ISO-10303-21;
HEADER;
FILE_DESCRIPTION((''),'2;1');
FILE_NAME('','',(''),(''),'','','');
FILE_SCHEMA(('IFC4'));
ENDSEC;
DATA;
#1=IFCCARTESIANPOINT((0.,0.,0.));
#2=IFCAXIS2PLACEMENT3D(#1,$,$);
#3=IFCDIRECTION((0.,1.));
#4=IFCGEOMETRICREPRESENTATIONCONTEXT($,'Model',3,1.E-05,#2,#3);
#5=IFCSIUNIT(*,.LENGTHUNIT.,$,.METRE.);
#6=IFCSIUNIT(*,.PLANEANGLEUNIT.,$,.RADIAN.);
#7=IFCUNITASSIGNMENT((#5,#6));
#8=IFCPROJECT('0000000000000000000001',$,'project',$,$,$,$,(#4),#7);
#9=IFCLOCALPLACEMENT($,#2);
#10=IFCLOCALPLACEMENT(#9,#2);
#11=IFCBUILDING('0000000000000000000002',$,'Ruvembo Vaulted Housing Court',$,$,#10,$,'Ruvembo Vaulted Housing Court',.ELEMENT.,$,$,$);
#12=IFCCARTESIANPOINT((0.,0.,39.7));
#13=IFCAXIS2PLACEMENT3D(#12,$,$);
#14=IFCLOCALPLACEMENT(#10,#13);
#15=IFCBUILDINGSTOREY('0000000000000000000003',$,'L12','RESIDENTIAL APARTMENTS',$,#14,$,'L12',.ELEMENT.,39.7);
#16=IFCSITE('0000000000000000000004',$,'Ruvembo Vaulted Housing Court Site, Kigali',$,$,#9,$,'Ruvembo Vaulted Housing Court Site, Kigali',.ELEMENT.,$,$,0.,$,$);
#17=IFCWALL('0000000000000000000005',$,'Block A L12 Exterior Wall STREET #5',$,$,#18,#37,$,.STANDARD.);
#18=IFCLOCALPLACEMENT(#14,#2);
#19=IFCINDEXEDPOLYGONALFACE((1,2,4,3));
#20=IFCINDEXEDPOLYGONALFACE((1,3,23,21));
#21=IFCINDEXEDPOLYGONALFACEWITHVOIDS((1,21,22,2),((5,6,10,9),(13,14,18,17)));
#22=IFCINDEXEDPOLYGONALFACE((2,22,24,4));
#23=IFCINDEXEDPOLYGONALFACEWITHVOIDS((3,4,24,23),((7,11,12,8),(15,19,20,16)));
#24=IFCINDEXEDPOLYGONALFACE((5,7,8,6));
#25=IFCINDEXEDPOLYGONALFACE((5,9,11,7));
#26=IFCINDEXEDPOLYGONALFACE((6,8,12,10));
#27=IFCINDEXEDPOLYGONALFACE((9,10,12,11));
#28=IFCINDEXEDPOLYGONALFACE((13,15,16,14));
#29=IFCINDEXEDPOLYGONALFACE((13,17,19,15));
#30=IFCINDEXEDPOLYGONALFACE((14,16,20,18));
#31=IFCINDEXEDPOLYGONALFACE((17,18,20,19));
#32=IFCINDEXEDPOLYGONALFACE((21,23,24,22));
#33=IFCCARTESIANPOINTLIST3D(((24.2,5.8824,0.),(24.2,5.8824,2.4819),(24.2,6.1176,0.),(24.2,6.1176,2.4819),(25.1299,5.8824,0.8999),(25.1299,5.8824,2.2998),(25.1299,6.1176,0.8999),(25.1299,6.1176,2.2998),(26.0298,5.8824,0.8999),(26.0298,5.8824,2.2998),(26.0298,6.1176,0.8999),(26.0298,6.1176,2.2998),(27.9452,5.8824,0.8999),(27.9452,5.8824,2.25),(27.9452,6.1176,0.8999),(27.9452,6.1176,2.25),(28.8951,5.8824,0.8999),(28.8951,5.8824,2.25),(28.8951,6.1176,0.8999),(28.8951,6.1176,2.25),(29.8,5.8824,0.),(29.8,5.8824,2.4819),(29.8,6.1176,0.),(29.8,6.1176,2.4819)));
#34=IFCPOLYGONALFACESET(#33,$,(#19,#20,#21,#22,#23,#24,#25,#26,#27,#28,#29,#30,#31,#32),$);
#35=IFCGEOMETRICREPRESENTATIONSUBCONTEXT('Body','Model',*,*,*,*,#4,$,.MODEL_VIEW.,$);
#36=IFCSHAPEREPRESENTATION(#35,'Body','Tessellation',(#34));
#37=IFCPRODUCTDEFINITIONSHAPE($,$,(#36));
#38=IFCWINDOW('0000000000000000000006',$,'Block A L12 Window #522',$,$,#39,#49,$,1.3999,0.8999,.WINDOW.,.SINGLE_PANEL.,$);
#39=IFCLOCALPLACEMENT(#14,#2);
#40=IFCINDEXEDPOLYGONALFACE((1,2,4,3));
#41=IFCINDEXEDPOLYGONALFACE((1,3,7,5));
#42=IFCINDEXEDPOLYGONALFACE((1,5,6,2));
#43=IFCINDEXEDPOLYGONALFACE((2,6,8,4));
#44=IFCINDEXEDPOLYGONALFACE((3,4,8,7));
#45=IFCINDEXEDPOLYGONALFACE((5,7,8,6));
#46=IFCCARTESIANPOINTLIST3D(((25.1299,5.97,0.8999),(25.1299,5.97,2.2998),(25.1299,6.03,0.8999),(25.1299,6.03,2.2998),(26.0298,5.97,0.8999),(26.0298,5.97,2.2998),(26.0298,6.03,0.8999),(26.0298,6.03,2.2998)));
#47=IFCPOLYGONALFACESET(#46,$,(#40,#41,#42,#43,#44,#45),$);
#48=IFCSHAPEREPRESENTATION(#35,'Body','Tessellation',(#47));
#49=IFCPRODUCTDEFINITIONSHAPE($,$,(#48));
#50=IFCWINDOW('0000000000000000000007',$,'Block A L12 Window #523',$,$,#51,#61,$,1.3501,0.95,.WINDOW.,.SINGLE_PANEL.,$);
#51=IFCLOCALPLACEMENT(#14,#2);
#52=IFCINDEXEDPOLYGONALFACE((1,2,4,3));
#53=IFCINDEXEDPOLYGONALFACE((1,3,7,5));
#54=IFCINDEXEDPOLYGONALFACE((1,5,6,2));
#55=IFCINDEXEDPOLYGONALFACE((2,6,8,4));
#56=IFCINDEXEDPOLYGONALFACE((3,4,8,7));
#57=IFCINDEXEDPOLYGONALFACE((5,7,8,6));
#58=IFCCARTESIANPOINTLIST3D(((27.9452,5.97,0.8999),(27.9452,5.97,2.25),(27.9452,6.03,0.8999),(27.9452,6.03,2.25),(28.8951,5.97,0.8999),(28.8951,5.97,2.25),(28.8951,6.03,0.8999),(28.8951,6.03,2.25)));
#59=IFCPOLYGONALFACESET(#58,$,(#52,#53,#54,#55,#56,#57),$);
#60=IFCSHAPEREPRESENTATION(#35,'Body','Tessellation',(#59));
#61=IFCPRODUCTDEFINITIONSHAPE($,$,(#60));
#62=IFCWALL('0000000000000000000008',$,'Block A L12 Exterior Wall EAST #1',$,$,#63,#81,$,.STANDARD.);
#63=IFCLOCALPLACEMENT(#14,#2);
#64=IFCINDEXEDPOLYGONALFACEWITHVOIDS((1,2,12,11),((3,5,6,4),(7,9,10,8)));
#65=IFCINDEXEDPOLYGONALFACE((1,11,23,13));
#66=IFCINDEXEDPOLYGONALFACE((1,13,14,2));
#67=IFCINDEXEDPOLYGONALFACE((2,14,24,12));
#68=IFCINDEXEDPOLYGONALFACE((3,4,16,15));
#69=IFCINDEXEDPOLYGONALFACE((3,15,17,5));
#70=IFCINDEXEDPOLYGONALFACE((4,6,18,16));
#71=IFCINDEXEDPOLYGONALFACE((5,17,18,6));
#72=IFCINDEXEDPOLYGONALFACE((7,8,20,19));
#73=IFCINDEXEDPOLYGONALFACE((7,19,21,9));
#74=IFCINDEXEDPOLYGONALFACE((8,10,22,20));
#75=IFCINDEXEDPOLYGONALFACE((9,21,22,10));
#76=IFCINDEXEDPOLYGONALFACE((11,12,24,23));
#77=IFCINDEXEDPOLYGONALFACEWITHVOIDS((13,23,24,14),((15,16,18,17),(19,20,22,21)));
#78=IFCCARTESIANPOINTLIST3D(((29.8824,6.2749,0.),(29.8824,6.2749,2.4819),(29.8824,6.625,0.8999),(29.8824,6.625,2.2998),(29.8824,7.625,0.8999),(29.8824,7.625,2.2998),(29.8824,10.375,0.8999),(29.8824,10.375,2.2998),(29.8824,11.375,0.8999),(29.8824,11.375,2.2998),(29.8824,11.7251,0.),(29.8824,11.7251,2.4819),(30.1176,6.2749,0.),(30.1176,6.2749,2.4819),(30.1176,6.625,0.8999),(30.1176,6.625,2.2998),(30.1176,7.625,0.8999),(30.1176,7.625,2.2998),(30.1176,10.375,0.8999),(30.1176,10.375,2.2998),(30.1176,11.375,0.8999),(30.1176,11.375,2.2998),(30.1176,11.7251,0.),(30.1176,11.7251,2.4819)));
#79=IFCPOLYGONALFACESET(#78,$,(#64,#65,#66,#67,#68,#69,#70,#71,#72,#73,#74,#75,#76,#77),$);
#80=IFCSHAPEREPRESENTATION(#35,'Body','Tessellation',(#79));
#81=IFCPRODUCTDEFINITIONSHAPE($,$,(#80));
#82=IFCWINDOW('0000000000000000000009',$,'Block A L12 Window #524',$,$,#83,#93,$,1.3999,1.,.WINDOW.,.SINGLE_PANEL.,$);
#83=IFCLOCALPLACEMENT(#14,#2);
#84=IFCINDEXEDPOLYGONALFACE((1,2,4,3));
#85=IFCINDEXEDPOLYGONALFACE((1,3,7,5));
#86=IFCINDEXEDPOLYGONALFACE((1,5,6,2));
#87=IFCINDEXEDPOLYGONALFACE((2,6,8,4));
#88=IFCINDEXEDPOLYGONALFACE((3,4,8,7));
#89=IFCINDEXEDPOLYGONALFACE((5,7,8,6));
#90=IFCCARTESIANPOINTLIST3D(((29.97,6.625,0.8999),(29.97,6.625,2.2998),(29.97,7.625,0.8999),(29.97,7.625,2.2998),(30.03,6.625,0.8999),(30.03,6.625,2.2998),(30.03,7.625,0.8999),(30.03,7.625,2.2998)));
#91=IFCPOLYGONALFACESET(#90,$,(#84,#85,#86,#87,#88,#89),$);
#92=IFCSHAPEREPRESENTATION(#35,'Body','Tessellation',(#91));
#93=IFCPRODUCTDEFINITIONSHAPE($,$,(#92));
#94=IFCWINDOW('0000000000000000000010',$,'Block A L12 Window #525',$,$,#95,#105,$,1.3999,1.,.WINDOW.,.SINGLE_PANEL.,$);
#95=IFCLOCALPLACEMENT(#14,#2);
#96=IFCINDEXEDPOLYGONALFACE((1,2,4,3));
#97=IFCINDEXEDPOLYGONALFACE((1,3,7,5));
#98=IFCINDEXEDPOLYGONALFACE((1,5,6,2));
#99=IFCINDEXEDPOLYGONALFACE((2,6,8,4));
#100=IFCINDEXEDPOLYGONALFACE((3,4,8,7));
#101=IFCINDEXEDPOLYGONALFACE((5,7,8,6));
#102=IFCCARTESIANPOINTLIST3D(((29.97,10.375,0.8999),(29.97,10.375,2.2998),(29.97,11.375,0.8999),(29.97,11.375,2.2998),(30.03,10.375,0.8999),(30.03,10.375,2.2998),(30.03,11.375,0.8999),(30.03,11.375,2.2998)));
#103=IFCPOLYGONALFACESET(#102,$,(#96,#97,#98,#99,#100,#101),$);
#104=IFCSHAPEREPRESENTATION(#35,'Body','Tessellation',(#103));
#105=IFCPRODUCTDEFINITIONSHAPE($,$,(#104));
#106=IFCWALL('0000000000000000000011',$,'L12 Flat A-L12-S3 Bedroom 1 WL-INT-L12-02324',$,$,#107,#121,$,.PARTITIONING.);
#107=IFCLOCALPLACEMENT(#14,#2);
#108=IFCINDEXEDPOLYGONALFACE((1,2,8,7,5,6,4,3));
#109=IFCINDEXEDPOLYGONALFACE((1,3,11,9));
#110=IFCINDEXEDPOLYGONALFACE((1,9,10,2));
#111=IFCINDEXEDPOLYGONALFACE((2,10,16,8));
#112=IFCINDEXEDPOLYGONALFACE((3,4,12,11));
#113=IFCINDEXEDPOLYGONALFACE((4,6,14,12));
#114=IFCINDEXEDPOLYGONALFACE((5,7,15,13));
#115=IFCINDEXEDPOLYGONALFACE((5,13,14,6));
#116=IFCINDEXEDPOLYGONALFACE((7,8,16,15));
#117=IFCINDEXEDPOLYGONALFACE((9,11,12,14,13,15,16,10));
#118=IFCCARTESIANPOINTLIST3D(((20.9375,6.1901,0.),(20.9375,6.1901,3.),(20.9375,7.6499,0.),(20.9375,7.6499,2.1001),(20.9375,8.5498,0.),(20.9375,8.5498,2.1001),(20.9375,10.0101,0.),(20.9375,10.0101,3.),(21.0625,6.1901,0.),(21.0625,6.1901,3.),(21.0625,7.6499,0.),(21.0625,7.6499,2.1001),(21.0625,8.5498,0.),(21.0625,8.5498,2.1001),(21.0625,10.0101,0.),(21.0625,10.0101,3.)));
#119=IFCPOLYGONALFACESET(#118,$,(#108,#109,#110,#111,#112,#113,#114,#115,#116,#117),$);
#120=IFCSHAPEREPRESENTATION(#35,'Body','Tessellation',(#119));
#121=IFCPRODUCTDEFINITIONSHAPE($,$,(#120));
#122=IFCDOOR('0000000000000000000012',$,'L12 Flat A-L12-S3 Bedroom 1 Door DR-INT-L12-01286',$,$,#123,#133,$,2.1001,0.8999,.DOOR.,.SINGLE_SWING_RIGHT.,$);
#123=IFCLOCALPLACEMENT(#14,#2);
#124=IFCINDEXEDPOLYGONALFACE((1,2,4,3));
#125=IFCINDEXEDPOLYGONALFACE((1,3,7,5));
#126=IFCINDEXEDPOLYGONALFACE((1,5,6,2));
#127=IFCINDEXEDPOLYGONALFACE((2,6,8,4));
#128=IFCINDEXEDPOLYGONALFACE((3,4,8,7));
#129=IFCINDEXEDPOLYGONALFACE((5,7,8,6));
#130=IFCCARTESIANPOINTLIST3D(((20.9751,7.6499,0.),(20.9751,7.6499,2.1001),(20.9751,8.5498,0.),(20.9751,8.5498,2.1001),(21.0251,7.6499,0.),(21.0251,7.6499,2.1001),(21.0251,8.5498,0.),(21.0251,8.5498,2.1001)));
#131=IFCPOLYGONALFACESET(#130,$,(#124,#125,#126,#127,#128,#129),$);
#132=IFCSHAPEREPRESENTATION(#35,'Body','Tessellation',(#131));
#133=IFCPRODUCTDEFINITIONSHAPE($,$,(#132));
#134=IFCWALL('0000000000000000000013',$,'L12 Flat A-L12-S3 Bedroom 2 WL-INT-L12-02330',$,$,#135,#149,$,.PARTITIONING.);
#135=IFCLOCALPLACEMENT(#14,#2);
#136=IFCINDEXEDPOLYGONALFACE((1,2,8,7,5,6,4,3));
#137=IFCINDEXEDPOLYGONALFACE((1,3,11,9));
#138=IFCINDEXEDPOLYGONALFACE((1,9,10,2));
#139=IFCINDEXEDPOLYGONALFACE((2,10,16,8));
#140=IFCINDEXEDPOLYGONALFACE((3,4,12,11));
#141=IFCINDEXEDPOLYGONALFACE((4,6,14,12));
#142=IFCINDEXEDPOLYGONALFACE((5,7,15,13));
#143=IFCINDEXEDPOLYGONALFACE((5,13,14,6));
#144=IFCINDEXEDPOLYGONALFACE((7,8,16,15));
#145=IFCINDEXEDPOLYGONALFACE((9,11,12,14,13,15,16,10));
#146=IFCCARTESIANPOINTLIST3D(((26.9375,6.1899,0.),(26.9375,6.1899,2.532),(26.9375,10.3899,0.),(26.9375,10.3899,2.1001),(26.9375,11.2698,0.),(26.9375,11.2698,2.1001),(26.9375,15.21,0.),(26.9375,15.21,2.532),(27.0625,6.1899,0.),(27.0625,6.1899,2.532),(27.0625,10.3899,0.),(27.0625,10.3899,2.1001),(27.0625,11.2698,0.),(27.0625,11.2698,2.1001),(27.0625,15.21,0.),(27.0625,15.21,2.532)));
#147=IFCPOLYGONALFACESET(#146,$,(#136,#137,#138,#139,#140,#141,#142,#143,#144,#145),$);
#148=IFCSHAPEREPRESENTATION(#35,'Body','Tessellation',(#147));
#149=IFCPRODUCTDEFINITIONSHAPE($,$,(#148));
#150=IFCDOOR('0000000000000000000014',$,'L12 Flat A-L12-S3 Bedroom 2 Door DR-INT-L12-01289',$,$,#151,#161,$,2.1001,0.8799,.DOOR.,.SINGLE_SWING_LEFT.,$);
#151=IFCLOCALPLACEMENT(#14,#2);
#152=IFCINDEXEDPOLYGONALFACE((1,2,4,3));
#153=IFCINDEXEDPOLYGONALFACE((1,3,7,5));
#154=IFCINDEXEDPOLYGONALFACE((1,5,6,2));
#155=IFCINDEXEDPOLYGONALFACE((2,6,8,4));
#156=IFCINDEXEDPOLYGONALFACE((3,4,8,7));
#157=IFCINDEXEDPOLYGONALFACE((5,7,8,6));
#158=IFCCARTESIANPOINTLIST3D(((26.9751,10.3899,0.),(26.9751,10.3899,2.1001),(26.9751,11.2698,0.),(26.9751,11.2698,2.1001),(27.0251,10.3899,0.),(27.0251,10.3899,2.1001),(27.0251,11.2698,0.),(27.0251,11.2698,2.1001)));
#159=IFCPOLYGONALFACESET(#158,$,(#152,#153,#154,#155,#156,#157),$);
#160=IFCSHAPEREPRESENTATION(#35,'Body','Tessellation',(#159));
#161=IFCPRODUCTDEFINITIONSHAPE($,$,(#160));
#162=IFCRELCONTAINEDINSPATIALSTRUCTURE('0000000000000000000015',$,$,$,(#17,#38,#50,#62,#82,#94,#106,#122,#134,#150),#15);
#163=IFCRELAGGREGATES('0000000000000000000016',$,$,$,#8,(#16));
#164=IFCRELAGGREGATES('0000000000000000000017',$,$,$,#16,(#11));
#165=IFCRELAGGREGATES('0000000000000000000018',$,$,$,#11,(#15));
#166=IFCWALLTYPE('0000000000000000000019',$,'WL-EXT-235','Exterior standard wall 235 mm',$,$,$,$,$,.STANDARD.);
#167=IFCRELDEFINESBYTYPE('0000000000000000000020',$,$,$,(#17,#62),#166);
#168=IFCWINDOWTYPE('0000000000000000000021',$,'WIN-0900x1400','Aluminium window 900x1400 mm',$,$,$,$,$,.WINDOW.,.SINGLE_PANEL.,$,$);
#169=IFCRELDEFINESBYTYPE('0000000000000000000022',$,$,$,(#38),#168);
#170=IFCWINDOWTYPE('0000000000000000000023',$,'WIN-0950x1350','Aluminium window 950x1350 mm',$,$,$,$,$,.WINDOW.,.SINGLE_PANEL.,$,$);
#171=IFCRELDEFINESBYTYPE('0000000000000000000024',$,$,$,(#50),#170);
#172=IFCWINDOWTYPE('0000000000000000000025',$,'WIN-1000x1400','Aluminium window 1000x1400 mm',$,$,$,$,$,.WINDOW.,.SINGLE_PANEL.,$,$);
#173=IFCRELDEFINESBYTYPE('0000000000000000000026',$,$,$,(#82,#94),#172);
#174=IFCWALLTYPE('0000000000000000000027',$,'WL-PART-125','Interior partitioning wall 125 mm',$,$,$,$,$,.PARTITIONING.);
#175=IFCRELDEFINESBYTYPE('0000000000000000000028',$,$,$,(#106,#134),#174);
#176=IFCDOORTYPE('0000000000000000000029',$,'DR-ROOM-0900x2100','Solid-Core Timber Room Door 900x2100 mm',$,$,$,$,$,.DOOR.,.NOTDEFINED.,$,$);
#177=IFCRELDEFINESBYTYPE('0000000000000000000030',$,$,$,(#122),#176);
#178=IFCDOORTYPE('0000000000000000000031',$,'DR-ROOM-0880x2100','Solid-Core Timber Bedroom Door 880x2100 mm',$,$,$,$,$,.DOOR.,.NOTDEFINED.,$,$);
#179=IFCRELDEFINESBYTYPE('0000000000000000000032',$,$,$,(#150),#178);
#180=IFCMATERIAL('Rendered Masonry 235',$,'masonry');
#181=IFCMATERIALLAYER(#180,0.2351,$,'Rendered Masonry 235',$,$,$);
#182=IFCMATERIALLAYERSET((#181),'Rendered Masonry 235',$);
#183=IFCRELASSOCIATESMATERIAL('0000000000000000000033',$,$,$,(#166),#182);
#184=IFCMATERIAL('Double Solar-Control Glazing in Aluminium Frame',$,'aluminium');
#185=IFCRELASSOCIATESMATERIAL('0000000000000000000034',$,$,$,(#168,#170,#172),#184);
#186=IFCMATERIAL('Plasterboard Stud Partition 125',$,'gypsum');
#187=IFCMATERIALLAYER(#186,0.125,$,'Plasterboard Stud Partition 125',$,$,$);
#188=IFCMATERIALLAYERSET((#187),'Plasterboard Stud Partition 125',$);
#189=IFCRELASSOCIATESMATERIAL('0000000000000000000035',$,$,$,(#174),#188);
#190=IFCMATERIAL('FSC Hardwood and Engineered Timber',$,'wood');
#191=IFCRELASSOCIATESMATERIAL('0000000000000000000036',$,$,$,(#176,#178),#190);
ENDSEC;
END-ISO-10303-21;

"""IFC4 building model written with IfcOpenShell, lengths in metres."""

from ifc_helpers import new_model, si_unit, direction, frame, frame_2d, origin, place, context, subcontext, project, spatial, rectangle, extrude, material, layer, layer_set, type_object, element, fill, save


model = new_model("IFC4")

# Units and contexts
model_context = context("Model", 3, precision=1e-05, world=origin(), true_north=direction((0.0, 1.0)))
body_context = subcontext(model_context, "Body", "Model", "MODEL_VIEW")
ifc_project = project(units=[si_unit("LENGTHUNIT", "METRE"), si_unit("PLANEANGLEUNIT", "RADIAN")], contexts=[model_context])

# Site, building, storey
site_placement = place(None, origin())
site = spatial("IfcSite", under=ifc_project, at=site_placement, Name="Ruvembo Vaulted Housing Court Site, Kigali", LongName="Ruvembo Vaulted Housing Court Site, Kigali", CompositionType="ELEMENT", RefElevation=0.0)
building_placement = place(site_placement, origin())
building = spatial("IfcBuilding", under=site, at=building_placement, Name="Ruvembo Vaulted Housing Court", LongName="Ruvembo Vaulted Housing Court", CompositionType="ELEMENT")
storey_placement = place(building_placement, frame((0.0, 0.0, 39.7)))
storey = spatial("IfcBuildingStorey", under=building, at=storey_placement, Name="L12", Description="RESIDENTIAL APARTMENTS", LongName="L12", CompositionType="ELEMENT", Elevation=39.7)

# Walls, openings, windows
ifc_material_1 = material(Name="Rendered Masonry 235", Category="masonry")
ifc_layer_1 = layer(ifc_material_1, 0.2351, Name="Rendered Masonry 235")
ifc_layer_set_1 = layer_set([ifc_layer_1], Name="Rendered Masonry 235")
wall_type_1 = type_object("IfcWallType", Name="WL-EXT-235", Description="Exterior standard wall 235 mm", PredefinedType="STANDARD", material=ifc_layer_set_1)
wall_1_placement = place(storey_placement, frame((24.2, 6.0, 0.0), z_axis=(0.0, 0.0, 1.0), x_axis=(1.0, 0.0, 0.0)))
wall_1 = element("IfcWall", 1, at=wall_1_placement, inside=storey, type_object=wall_type_1, Name="Block A L12 Exterior Wall STREET #5", PredefinedType="STANDARD", context=body_context, shape_type="SweptSolid", body=[
    extrude(rectangle(XDim=5.6001, YDim=0.2351, at=frame_2d((2.8, 0.0))), origin(), (0.0, 0.0, 1.0), 2.4819),
])
opening_1_placement = place(wall_1_placement, frame((0.9299, 0.0, 0.8999)))
opening_1 = element("IfcOpeningElement", 2, at=opening_1_placement, cuts=wall_1, PredefinedType="OPENING", context=body_context, shape_type="SweptSolid", body=[
    extrude(rectangle(XDim=0.8999, YDim=1.3999, at=frame_2d((0.45, 0.7))), frame((0.0, 0.1274, 0.0), z_axis=(0.0, -1.0, 0.0), x_axis=(1.0, 0.0, 0.0)), (0.0, 0.0, 1.0), 0.2551),
])
opening_2_placement = place(wall_1_placement, frame((3.7451, 0.0, 0.8999)))
opening_2 = element("IfcOpeningElement", 3, at=opening_2_placement, cuts=wall_1, PredefinedType="OPENING", context=body_context, shape_type="SweptSolid", body=[
    extrude(rectangle(XDim=0.95, YDim=1.3501, at=frame_2d((0.4751, 0.675))), frame((0.0, 0.1274, 0.0), z_axis=(0.0, -1.0, 0.0), x_axis=(1.0, 0.0, 0.0)), (0.0, 0.0, 1.0), 0.2551),
])
ifc_material_2 = material(Name="Double Solar-Control Glazing in Aluminium Frame", Category="aluminium")
window_type_1 = type_object("IfcWindowType", Name="WIN-0900x1400", Description="Aluminium window 900x1400 mm", PartitioningType="SINGLE_PANEL", PredefinedType="WINDOW", material=ifc_material_2)
window_1_placement = place(opening_1_placement, origin())
window_1 = element("IfcWindow", 4, at=window_1_placement, inside=storey, type_object=window_type_1, Name="Block A L12 Window #522", OverallHeight=1.3999, OverallWidth=0.8999, PartitioningType="SINGLE_PANEL", PredefinedType="WINDOW", context=body_context, shape_type="SweptSolid", body=[
    extrude(rectangle(XDim=0.8999, YDim=1.3999, at=frame_2d((0.45, 0.7))), frame((0.0, 0.03, 0.0), z_axis=(0.0, -1.0, 0.0), x_axis=(1.0, 0.0, 0.0)), (0.0, 0.0, 1.0), 0.0601),
])
fill(opening_1, window_1)
window_type_2 = type_object("IfcWindowType", Name="WIN-0950x1350", Description="Aluminium window 950x1350 mm", PartitioningType="SINGLE_PANEL", PredefinedType="WINDOW", material=ifc_material_2)
window_2_placement = place(opening_2_placement, origin())
window_2 = element("IfcWindow", 5, at=window_2_placement, inside=storey, type_object=window_type_2, Name="Block A L12 Window #523", OverallHeight=1.3501, OverallWidth=0.95, PartitioningType="SINGLE_PANEL", PredefinedType="WINDOW", context=body_context, shape_type="SweptSolid", body=[
    extrude(rectangle(XDim=0.95, YDim=1.3501, at=frame_2d((0.4751, 0.675))), frame((0.0, 0.03, 0.0), z_axis=(0.0, -1.0, 0.0), x_axis=(1.0, 0.0, 0.0)), (0.0, 0.0, 1.0), 0.0601),
])
fill(opening_2, window_2)
wall_2_placement = place(storey_placement, frame((30.0, 6.2749, 0.0), z_axis=(0.0, 0.0, 1.0), x_axis=(0.0, 1.0, 0.0)))
wall_2 = element("IfcWall", 6, at=wall_2_placement, inside=storey, type_object=wall_type_1, Name="Block A L12 Exterior Wall EAST #1", PredefinedType="STANDARD", context=body_context, shape_type="SweptSolid", body=[
    extrude(rectangle(XDim=5.4502, YDim=0.2351, at=frame_2d((2.7251, 0.0))), origin(), (0.0, 0.0, 1.0), 2.4819),
])
opening_3_placement = place(wall_2_placement, frame((0.3501, 0.0, 0.8999)))
opening_3 = element("IfcOpeningElement", 7, at=opening_3_placement, cuts=wall_2, PredefinedType="OPENING", context=body_context, shape_type="SweptSolid", body=[
    extrude(rectangle(XDim=1.0, YDim=1.3999, at=frame_2d((0.5, 0.7))), frame((0.0, 0.1274, 0.0), z_axis=(0.0, -1.0, 0.0), x_axis=(1.0, 0.0, 0.0)), (0.0, 0.0, 1.0), 0.2551),
])
opening_4_placement = place(wall_2_placement, frame((4.1001, 0.0, 0.8999)))
opening_4 = element("IfcOpeningElement", 8, at=opening_4_placement, cuts=wall_2, PredefinedType="OPENING", context=body_context, shape_type="SweptSolid", body=[
    extrude(rectangle(XDim=1.0, YDim=1.3999, at=frame_2d((0.5, 0.7))), frame((0.0, 0.1274, 0.0), z_axis=(0.0, -1.0, 0.0), x_axis=(1.0, 0.0, 0.0)), (0.0, 0.0, 1.0), 0.2551),
])
window_type_3 = type_object("IfcWindowType", Name="WIN-1000x1400", Description="Aluminium window 1000x1400 mm", PartitioningType="SINGLE_PANEL", PredefinedType="WINDOW", material=ifc_material_2)
window_3_placement = place(opening_3_placement, origin())
window_3 = element("IfcWindow", 9, at=window_3_placement, inside=storey, type_object=window_type_3, Name="Block A L12 Window #524", OverallHeight=1.3999, OverallWidth=1.0, PartitioningType="SINGLE_PANEL", PredefinedType="WINDOW", context=body_context, shape_type="SweptSolid", body=[
    extrude(rectangle(XDim=1.0, YDim=1.3999, at=frame_2d((0.5, 0.7))), frame((0.0, 0.03, 0.0), z_axis=(0.0, -1.0, 0.0), x_axis=(1.0, 0.0, 0.0)), (0.0, 0.0, 1.0), 0.0601),
])
fill(opening_3, window_3)
window_4_placement = place(opening_4_placement, origin())
window_4 = element("IfcWindow", 10, at=window_4_placement, inside=storey, type_object=window_type_3, Name="Block A L12 Window #525", OverallHeight=1.3999, OverallWidth=1.0, PartitioningType="SINGLE_PANEL", PredefinedType="WINDOW", context=body_context, shape_type="SweptSolid", body=[
    extrude(rectangle(XDim=1.0, YDim=1.3999, at=frame_2d((0.5, 0.7))), frame((0.0, 0.03, 0.0), z_axis=(0.0, -1.0, 0.0), x_axis=(1.0, 0.0, 0.0)), (0.0, 0.0, 1.0), 0.0601),
])
fill(opening_4, window_4)

# Walls, openings, doors
ifc_material_3 = material(Name="Plasterboard Stud Partition 125", Category="gypsum")
ifc_layer_2 = layer(ifc_material_3, 0.125, Name="Plasterboard Stud Partition 125")
ifc_layer_set_2 = layer_set([ifc_layer_2], Name="Plasterboard Stud Partition 125")
wall_type_2 = type_object("IfcWallType", Name="WL-PART-125", Description="Interior partitioning wall 125 mm", PredefinedType="PARTITIONING", material=ifc_layer_set_2)
wall_3_placement = place(storey_placement, frame((21.0, 6.1899, 0.0), z_axis=(0.0, 0.0, 1.0), x_axis=(0.0, 1.0, 0.0)))
wall_3 = element("IfcWall", 11, at=wall_3_placement, inside=storey, type_object=wall_type_2, Name="L12 Flat A-L12-S3 Bedroom 1 WL-INT-L12-02324", PredefinedType="PARTITIONING", context=body_context, shape_type="SweptSolid", body=[
    extrude(rectangle(XDim=3.8201, YDim=0.125, at=frame_2d((1.9102, 0.0))), origin(), (0.0, 0.0, 1.0), 3.0),
])
opening_5_placement = place(wall_3_placement, frame((1.46, 0.0, 0.0)))
opening_5 = element("IfcOpeningElement", 12, at=opening_5_placement, cuts=wall_3, PredefinedType="OPENING", context=body_context, shape_type="SweptSolid", body=[
    extrude(rectangle(XDim=0.8999, YDim=2.1001, at=frame_2d((0.45, 1.05))), frame((0.0, 0.0725, 0.0), z_axis=(0.0, -1.0, 0.0), x_axis=(1.0, 0.0, 0.0)), (0.0, 0.0, 1.0), 0.145),
])
ifc_material_4 = material(Name="FSC Hardwood and Engineered Timber", Category="wood")
door_type_1 = type_object("IfcDoorType", Name="DR-ROOM-0900x2100", Description="Solid-Core Timber Room Door 900x2100 mm", OperationType="NOTDEFINED", PredefinedType="DOOR", material=ifc_material_4)
door_1_placement = place(opening_5_placement, origin())
door_1 = element("IfcDoor", 13, at=door_1_placement, inside=storey, type_object=door_type_1, Name="L12 Flat A-L12-S3 Bedroom 1 Door DR-INT-L12-01286", OperationType="SINGLE_SWING_RIGHT", OverallHeight=2.1001, OverallWidth=0.8999, PredefinedType="DOOR", context=body_context, shape_type="SweptSolid", body=[
    extrude(rectangle(XDim=0.8999, YDim=2.1001, at=frame_2d((0.45, 1.05))), frame((0.0, 0.0249, 0.0), z_axis=(0.0, -1.0, 0.0), x_axis=(1.0, 0.0, 0.0)), (0.0, 0.0, 1.0), 0.05),
])
fill(opening_5, door_1)
wall_4_placement = place(storey_placement, frame((27.0, 6.1899, 0.0), z_axis=(0.0, 0.0, 1.0), x_axis=(0.0, 1.0, 0.0)))
wall_4 = element("IfcWall", 14, at=wall_4_placement, inside=storey, type_object=wall_type_2, Name="L12 Flat A-L12-S3 Bedroom 2 WL-INT-L12-02330", PredefinedType="PARTITIONING", context=body_context, shape_type="SweptSolid", body=[
    extrude(rectangle(XDim=9.02, YDim=0.125, at=frame_2d((4.51, 0.0))), origin(), (0.0, 0.0, 1.0), 2.532),
])
opening_6_placement = place(wall_4_placement, frame((4.2, 0.0, 0.0)))
opening_6 = element("IfcOpeningElement", 15, at=opening_6_placement, cuts=wall_4, PredefinedType="OPENING", context=body_context, shape_type="SweptSolid", body=[
    extrude(rectangle(XDim=0.8799, YDim=2.1001, at=frame_2d((0.4399, 1.05))), frame((0.0, 0.0725, 0.0), z_axis=(0.0, -1.0, 0.0), x_axis=(1.0, 0.0, 0.0)), (0.0, 0.0, 1.0), 0.145),
])
door_type_2 = type_object("IfcDoorType", Name="DR-ROOM-0880x2100", Description="Solid-Core Timber Bedroom Door 880x2100 mm", OperationType="NOTDEFINED", PredefinedType="DOOR", material=ifc_material_4)
door_2_placement = place(opening_6_placement, origin())
door_2 = element("IfcDoor", 16, at=door_2_placement, inside=storey, type_object=door_type_2, Name="L12 Flat A-L12-S3 Bedroom 2 Door DR-INT-L12-01289", OperationType="SINGLE_SWING_LEFT", OverallHeight=2.1001, OverallWidth=0.8799, PredefinedType="DOOR", context=body_context, shape_type="SweptSolid", body=[
    extrude(rectangle(XDim=0.8799, YDim=2.1001, at=frame_2d((0.4399, 1.05))), frame((0.0, 0.0249, 0.0), z_axis=(0.0, -1.0, 0.0), x_axis=(1.0, 0.0, 0.0)), (0.0, 0.0, 1.0), 0.05),
])
fill(opening_6, door_2)

save(model, "model.ifc")
